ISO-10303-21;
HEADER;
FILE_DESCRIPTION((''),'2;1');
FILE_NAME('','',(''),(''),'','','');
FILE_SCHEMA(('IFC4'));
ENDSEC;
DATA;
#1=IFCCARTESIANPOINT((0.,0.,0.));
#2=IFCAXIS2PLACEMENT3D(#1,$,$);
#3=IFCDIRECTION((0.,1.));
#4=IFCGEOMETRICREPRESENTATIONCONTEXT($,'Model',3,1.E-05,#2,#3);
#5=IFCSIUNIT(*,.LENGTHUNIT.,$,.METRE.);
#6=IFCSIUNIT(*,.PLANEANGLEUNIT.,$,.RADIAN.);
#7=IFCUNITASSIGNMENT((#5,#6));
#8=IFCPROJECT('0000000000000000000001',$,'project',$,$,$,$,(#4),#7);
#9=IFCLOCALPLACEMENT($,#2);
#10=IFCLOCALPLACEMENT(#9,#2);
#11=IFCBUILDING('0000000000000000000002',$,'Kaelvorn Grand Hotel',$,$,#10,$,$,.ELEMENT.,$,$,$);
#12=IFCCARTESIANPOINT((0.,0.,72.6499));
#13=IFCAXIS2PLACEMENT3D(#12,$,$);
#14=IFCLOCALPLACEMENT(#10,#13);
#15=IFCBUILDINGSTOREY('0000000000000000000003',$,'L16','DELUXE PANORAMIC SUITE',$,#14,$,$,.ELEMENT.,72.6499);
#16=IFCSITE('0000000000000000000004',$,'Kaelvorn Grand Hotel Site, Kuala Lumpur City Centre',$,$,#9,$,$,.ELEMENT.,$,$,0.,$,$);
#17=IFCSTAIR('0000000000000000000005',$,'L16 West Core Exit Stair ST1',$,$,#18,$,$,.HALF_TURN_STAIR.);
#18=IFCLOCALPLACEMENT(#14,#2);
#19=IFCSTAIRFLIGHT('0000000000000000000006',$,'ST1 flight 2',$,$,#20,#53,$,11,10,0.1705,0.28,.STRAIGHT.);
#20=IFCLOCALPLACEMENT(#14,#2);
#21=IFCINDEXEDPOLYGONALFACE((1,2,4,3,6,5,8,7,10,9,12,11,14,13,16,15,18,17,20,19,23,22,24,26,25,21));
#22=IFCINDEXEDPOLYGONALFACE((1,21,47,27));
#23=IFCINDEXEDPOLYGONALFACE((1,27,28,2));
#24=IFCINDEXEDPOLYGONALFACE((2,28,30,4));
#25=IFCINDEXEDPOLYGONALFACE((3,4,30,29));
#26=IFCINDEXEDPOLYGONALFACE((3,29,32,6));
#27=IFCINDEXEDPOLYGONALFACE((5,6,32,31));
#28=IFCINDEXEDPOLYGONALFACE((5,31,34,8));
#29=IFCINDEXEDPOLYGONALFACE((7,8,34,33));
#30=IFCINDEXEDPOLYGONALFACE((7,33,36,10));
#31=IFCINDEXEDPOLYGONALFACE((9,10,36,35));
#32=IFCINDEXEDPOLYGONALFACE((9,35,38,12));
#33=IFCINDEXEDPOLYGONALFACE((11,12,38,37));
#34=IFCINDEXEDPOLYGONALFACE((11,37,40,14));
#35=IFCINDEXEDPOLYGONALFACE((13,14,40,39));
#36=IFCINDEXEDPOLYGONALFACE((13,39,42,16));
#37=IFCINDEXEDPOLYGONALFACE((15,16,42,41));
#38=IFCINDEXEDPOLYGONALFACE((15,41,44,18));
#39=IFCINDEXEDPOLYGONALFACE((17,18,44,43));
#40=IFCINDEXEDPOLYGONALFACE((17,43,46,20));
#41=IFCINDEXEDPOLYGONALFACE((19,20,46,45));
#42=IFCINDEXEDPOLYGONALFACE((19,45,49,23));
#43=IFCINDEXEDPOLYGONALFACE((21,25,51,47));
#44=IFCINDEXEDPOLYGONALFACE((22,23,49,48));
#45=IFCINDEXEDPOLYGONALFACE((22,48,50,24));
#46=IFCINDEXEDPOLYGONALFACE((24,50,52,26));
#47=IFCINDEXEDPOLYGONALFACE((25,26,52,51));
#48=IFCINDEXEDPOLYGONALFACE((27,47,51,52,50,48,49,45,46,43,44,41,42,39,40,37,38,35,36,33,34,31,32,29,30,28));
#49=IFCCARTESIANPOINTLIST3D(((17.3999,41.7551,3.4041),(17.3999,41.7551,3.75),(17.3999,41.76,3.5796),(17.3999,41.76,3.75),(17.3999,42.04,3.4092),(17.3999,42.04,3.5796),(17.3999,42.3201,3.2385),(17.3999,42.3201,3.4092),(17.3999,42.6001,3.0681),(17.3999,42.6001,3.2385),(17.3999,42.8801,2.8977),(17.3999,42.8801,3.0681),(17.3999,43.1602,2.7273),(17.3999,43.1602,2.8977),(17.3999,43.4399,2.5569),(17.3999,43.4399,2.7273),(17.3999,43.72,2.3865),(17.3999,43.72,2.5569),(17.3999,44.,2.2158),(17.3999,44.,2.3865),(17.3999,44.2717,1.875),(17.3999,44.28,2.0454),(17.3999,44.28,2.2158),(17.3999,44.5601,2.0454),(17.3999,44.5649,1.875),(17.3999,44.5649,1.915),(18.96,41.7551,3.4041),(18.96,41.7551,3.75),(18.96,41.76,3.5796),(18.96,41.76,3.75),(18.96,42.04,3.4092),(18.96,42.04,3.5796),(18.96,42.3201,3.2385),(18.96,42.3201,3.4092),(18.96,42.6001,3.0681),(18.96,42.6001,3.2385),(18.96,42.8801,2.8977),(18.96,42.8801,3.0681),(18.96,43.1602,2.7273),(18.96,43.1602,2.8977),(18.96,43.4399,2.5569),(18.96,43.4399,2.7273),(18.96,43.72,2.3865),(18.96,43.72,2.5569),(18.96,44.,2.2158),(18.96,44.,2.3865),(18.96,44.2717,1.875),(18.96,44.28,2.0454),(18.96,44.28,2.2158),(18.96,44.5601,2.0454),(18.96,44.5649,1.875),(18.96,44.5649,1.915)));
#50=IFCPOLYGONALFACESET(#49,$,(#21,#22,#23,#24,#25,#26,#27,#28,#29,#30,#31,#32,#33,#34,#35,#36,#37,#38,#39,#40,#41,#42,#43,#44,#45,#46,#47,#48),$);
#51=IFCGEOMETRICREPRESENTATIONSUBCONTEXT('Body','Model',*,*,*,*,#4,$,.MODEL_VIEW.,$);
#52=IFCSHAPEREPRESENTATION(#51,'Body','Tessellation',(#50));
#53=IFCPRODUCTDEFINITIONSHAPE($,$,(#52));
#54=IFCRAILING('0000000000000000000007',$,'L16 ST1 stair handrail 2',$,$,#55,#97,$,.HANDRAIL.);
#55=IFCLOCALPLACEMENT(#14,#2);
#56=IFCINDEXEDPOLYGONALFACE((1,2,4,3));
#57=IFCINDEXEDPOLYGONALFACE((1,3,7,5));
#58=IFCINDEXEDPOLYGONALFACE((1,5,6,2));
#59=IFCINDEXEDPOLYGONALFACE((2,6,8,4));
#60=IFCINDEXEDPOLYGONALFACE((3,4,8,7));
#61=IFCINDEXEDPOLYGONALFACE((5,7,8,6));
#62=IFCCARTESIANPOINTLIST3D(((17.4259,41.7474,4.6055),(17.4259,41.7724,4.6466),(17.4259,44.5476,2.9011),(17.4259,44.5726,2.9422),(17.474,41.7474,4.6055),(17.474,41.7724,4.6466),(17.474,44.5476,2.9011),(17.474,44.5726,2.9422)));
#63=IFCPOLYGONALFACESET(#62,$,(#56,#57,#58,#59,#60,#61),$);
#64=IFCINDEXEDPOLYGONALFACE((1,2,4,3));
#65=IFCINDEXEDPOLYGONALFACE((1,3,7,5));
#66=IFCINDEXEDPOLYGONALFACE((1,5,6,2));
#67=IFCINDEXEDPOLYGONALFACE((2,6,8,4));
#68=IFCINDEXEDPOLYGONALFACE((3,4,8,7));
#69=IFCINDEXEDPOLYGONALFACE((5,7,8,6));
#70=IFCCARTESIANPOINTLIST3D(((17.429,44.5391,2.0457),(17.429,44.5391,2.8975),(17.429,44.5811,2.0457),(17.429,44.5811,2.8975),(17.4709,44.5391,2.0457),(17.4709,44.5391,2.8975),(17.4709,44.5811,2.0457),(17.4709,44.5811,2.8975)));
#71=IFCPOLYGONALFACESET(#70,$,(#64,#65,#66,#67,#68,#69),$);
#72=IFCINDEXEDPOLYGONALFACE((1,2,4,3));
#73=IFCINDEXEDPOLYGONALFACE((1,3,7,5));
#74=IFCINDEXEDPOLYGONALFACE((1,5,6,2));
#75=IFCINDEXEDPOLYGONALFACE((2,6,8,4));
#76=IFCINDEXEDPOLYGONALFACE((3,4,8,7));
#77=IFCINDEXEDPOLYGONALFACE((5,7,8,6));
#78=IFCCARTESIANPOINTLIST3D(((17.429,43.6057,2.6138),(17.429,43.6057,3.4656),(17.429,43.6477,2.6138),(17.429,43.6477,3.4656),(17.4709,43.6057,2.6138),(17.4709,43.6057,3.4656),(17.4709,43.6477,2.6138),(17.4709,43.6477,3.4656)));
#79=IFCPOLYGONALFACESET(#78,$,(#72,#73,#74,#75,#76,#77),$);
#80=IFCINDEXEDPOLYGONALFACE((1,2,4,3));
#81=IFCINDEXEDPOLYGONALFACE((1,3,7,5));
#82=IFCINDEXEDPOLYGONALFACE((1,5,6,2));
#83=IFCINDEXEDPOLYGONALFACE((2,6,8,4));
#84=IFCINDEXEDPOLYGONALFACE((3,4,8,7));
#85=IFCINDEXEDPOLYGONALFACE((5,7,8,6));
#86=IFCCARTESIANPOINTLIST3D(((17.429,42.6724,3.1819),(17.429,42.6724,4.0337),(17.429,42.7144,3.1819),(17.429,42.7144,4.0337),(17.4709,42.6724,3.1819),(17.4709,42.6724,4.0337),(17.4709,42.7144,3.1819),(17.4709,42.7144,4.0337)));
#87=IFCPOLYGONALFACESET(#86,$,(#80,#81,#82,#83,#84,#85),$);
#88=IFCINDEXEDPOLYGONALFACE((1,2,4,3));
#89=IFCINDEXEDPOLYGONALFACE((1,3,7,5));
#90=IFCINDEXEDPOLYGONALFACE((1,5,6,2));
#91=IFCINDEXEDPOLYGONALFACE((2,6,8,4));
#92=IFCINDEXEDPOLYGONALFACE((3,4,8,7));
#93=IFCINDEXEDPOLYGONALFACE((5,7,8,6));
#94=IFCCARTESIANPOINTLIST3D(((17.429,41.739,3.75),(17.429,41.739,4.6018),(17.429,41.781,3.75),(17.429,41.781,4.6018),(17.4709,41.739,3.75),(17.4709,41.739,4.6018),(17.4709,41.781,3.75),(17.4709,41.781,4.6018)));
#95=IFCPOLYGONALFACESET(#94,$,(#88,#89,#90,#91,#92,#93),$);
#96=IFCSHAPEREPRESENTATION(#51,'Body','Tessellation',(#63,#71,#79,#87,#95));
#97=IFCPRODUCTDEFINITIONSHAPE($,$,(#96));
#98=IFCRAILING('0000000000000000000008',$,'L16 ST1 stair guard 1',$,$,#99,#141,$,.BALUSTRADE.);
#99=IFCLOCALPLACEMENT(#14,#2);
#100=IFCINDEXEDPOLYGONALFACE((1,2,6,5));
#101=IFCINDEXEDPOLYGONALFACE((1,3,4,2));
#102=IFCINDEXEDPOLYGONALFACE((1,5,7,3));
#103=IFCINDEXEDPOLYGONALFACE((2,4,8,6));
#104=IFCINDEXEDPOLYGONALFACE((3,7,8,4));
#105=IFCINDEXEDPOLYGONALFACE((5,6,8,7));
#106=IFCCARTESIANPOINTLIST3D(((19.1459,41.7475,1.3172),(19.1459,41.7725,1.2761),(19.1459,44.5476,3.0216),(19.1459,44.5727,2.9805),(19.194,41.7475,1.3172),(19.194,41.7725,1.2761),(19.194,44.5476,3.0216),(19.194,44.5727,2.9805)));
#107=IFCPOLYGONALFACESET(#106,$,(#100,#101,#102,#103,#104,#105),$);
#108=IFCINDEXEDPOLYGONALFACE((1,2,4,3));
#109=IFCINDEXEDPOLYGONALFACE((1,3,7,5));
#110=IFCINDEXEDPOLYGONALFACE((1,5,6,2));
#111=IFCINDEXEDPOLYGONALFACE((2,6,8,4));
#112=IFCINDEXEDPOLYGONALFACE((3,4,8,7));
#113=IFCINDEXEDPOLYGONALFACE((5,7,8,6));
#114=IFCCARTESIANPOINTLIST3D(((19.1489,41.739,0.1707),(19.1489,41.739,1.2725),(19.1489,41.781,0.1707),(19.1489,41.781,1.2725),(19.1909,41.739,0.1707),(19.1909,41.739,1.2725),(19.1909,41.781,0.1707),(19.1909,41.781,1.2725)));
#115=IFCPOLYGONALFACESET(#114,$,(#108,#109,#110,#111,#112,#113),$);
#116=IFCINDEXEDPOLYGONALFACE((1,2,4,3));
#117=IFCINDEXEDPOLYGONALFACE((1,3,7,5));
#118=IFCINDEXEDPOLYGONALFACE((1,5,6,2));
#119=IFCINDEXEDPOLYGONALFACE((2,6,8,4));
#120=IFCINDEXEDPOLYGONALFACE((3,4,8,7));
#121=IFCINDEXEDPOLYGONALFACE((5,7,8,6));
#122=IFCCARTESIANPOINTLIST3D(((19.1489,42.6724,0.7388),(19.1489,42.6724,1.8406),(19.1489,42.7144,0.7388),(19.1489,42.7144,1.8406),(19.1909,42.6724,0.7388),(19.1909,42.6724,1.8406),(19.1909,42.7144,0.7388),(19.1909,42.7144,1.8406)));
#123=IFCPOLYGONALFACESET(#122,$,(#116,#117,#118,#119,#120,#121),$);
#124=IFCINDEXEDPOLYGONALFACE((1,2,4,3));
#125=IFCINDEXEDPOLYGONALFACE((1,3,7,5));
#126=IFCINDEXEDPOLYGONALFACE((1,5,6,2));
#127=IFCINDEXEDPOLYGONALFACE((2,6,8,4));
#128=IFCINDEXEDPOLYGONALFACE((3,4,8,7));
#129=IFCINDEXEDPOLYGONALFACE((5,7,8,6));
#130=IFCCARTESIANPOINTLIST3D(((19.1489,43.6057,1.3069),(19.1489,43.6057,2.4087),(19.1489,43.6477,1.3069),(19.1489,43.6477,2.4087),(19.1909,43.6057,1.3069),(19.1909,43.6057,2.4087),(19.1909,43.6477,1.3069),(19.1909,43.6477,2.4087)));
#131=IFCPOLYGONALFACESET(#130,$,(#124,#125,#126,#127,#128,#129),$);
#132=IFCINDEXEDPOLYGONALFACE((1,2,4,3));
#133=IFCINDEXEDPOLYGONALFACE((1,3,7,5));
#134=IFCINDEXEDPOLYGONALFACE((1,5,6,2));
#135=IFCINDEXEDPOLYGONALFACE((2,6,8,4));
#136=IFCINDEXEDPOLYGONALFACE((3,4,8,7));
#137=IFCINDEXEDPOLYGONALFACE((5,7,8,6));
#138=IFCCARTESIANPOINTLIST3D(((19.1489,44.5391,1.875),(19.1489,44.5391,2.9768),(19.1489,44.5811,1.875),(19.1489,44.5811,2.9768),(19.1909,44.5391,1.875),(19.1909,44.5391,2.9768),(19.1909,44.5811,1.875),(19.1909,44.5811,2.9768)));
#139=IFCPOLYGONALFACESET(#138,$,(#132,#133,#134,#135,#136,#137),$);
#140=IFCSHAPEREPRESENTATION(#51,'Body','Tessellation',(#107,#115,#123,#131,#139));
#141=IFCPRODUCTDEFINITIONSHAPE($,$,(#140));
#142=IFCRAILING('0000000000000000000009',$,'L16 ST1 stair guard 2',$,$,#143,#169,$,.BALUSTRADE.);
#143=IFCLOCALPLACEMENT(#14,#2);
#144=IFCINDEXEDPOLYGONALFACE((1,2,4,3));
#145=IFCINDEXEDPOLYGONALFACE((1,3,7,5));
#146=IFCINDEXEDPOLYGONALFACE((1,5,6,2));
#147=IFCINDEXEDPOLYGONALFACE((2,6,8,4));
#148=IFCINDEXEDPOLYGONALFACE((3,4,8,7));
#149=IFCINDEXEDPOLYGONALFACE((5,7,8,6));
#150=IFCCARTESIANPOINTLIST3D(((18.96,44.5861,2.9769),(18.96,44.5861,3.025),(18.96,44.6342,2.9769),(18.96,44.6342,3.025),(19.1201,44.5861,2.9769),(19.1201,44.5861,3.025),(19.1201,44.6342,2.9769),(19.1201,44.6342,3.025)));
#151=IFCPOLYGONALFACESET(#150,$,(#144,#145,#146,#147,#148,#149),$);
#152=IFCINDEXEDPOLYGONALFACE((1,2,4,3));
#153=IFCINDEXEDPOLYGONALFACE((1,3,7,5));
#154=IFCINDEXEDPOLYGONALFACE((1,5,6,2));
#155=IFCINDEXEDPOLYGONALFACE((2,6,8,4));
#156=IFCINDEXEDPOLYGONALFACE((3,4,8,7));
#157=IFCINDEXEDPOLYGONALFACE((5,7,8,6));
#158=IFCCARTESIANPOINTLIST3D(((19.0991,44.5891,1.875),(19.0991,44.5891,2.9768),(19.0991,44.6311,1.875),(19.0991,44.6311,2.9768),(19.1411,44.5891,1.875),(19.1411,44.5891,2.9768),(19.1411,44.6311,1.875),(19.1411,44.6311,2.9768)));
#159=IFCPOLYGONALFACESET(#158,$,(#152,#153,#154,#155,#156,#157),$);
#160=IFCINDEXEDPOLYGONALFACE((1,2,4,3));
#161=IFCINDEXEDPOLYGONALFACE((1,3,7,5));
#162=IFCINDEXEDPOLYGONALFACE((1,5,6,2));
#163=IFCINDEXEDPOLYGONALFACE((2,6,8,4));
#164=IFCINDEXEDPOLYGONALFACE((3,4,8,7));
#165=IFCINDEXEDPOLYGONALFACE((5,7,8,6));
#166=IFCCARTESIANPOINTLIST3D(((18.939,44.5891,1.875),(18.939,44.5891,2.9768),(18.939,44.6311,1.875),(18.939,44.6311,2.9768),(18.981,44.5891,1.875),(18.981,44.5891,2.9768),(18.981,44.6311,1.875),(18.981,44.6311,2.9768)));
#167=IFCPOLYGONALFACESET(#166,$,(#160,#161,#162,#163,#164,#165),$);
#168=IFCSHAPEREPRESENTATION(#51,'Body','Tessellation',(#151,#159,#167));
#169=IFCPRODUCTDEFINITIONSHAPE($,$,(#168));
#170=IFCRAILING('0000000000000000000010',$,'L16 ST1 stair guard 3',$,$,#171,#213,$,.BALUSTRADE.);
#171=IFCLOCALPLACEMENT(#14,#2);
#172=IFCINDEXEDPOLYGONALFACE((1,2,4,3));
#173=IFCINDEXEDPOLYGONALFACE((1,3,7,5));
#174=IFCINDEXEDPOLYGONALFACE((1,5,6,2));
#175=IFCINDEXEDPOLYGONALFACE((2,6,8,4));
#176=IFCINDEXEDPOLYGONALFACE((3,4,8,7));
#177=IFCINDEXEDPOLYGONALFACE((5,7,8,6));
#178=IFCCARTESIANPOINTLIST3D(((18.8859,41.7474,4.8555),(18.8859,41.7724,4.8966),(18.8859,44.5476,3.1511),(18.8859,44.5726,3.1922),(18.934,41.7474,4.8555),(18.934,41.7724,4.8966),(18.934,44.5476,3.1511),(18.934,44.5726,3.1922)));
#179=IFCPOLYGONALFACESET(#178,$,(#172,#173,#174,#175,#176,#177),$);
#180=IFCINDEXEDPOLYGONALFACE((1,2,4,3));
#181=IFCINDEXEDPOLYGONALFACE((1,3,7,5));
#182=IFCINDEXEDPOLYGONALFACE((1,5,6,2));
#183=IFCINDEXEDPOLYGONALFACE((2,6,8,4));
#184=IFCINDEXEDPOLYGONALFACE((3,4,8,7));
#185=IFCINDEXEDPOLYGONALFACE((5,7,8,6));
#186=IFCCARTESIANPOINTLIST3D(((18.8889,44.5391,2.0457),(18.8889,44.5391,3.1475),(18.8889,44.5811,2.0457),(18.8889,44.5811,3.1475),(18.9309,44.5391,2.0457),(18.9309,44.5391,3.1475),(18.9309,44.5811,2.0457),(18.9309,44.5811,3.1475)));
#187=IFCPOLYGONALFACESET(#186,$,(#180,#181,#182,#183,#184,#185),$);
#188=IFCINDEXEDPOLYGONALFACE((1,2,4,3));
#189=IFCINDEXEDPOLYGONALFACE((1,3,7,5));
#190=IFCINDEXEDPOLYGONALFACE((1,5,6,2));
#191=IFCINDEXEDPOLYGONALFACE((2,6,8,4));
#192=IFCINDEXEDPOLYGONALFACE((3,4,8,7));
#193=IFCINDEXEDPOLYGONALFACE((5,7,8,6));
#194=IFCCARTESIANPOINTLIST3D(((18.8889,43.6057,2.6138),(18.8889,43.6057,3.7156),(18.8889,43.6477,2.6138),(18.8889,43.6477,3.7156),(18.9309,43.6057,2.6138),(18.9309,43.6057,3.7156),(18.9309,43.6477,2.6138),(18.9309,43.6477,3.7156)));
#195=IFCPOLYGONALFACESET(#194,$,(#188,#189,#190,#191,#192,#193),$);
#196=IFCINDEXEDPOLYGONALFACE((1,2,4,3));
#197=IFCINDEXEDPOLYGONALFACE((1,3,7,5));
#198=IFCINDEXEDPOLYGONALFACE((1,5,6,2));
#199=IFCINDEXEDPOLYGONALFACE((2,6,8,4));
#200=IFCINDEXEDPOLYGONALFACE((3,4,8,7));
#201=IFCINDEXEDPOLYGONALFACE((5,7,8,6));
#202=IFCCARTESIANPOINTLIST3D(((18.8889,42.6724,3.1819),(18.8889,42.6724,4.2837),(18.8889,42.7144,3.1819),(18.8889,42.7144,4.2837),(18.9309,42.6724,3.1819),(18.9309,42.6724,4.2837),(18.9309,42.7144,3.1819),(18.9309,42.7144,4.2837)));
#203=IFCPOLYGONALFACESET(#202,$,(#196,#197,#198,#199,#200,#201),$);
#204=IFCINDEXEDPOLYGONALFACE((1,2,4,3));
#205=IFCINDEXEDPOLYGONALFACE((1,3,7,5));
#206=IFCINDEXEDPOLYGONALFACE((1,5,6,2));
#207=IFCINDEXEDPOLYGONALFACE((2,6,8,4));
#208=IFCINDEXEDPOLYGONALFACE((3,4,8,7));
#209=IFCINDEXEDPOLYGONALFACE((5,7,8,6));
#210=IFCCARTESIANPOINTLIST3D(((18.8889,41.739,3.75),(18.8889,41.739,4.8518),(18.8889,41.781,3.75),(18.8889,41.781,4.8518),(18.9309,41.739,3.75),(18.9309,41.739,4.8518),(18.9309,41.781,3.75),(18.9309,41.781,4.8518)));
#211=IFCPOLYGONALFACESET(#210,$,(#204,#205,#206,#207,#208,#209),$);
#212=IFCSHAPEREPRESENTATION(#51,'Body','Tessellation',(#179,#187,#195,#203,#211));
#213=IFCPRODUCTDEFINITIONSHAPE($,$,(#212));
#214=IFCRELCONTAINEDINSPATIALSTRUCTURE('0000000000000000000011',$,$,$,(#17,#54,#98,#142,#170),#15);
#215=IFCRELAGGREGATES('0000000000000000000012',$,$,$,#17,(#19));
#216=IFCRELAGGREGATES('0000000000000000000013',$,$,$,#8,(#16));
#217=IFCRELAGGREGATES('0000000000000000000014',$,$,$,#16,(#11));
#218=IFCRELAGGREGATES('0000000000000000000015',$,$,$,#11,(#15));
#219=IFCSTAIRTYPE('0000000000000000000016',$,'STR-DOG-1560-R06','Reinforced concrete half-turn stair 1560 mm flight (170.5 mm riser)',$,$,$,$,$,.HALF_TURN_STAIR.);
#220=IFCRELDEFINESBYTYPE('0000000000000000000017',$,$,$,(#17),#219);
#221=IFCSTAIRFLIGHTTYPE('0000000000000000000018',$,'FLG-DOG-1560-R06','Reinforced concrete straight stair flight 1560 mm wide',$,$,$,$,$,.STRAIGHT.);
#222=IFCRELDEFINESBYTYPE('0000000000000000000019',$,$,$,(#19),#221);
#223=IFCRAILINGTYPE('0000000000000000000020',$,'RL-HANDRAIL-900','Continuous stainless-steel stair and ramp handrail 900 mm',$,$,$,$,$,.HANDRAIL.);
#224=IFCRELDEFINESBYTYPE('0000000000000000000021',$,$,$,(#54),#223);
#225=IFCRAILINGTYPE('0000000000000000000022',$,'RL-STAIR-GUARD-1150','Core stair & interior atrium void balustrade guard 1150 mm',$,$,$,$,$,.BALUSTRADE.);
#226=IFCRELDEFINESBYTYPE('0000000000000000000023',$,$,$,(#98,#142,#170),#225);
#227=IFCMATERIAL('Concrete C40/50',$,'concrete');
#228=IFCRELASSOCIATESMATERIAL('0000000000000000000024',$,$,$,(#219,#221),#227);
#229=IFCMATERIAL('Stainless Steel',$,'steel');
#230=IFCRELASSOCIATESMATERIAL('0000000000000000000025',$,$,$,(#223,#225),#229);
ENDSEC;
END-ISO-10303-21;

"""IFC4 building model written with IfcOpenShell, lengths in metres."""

from ifc_helpers import new_model, si_unit, direction, frame, origin, origin_2d, place, context, subcontext, project, spatial, polyline, rectangle, outline, extrude, material, type_object, element, aggregate, save


model = new_model("IFC4")

# Units and contexts
model_context = context("Model", 3, precision=1e-05, world=origin(), true_north=direction((0.0, 1.0)))
body_context = subcontext(model_context, "Body", "Model", "MODEL_VIEW")
ifc_project = project(units=[si_unit("LENGTHUNIT", "METRE"), si_unit("PLANEANGLEUNIT", "RADIAN")], contexts=[model_context])

# Site, building, storey
site_placement = place(None, origin())
site = spatial("IfcSite", under=ifc_project, at=site_placement, Name="Kaelvorn Grand Hotel Site, Kuala Lumpur City Centre", CompositionType="ELEMENT", RefElevation=0.0)
building_placement = place(site_placement, origin())
building = spatial("IfcBuilding", under=site, at=building_placement, Name="Kaelvorn Grand Hotel", CompositionType="ELEMENT")
storey_placement = place(building_placement, frame((0.0, 0.0, 72.6499)))
storey = spatial("IfcBuildingStorey", under=building, at=storey_placement, Name="L16", Description="DELUXE PANORAMIC SUITE", CompositionType="ELEMENT", Elevation=72.6499)

# Shared definitions
ifc_material_1 = material(Name="Concrete C40/50", Category="concrete")

# Stair, stair flight
stair_type = type_object("IfcStairType", Name="STR-DOG-1560-R06", Description="Reinforced concrete half-turn stair 1560 mm flight (170.5 mm riser)", PredefinedType="HALF_TURN_STAIR", material=ifc_material_1)
stair_placement = place(storey_placement, origin())
stair = element("IfcStair", 1, at=stair_placement, inside=storey, type_object=stair_type, Name="L16 West Core Exit Stair ST1", PredefinedType="HALF_TURN_STAIR")
stair_flight_type = type_object("IfcStairFlightType", Name="FLG-DOG-1560-R06", Description="Reinforced concrete straight stair flight 1560 mm wide", PredefinedType="STRAIGHT", material=ifc_material_1)
stair_flight_placement = place(storey_placement, frame((18.1799, 44.5601, 1.875), z_axis=(0.0, 0.0, 1.0), x_axis=(0.0, -1.0, 0.0)))
stair_flight = element("IfcStairFlight", 2, at=stair_flight_placement, type_object=stair_flight_type, Name="ST1 flight 2", NumberOfRisers=11, NumberOfTreads=10, PredefinedType="STRAIGHT", RiserHeight=0.1705, TreadLength=0.28, context=body_context, shape_type="SweptSolid", body=[
    extrude(outline(polyline([(-0.0049, 0.0), (-0.0049, 0.04), (0.0, 0.1704), (0.28, 0.1704), (0.28, 0.3408), (0.5601, 0.3408), (0.5601, 0.5115), (0.8401, 0.5115), (0.8401, 0.6819), (1.1201, 0.6819), (1.1201, 0.8523), (1.3999, 0.8523), (1.3999, 1.0227), (1.6799, 1.0227), (1.6799, 1.1931), (1.96, 1.1931), (1.96, 1.3635), (2.24, 1.3635), (2.24, 1.5342), (2.52, 1.5342), (2.52, 1.7046), (2.8, 1.7046), (2.8, 1.875), (2.8049, 1.875), (2.8049, 1.5291), (0.2883, 0.0), (-0.0049, 0.0)])), frame((0.0, 0.78, 0.0), z_axis=(0.0, -1.0, 0.0), x_axis=(1.0, 0.0, 0.0)), (0.0, 0.0, 1.0), 1.5601),
])
aggregate(stair, [stair_flight])

# Railings
ifc_material_2 = material(Name="Stainless Steel", Category="steel")
railing_type_1 = type_object("IfcRailingType", Name="RL-HANDRAIL-900", Description="Continuous stainless-steel stair and ramp handrail 900 mm", PredefinedType="HANDRAIL", material=ifc_material_2)
railing_1_placement = place(storey_placement, frame((17.45, 44.5601, 2.0457)))
element("IfcRailing", 3, at=railing_1_placement, inside=storey, type_object=railing_type_1, Name="L16 ST1 stair handrail 2", PredefinedType="HANDRAIL", context=body_context, shape_type="SweptSolid", body=[
    extrude(rectangle(XDim=0.0481, YDim=0.0481, at=origin_2d()), frame((0.0, 0.0, 0.876), z_axis=(0.0, -0.854203, 0.51994), x_axis=(1.0, 0.0, 0.0)), (0.0, 0.0, 1.0), 3.2781),
    extrude(rectangle(XDim=0.042, YDim=0.042, at=origin_2d()), origin(), (0.0, 0.0, 1.0), 0.8518),
    extrude(rectangle(XDim=0.042, YDim=0.042, at=origin_2d()), frame((0.0, -0.9333, 0.5681)), (0.0, 0.0, 1.0), 0.8518),
    extrude(rectangle(XDim=0.042, YDim=0.042, at=origin_2d()), frame((0.0, -1.8667, 1.1362)), (0.0, 0.0, 1.0), 0.8518),
    extrude(rectangle(XDim=0.042, YDim=0.042, at=origin_2d()), frame((0.0, -2.8, 1.7043)), (0.0, 0.0, 1.0), 0.8518),
])
railing_type_2 = type_object("IfcRailingType", Name="RL-STAIR-GUARD-1150", Description="Core stair & interior atrium void balustrade guard 1150 mm", PredefinedType="BALUSTRADE", material=ifc_material_2)
railing_2_placement = place(storey_placement, frame((19.1699, 41.76, 0.1707)))
element("IfcRailing", 4, at=railing_2_placement, inside=storey, type_object=railing_type_2, Name="L16 ST1 stair guard 1", PredefinedType="BALUSTRADE", context=body_context, shape_type="SweptSolid", body=[
    extrude(rectangle(XDim=0.0481, YDim=0.0481, at=origin_2d()), frame((0.0, 0.0, 1.126), z_axis=(0.0, 0.854203, 0.51994), x_axis=(-1.0, 0.0, 0.0)), (0.0, 0.0, 1.0), 3.2781),
    extrude(rectangle(XDim=0.042, YDim=0.042, at=origin_2d()), origin(), (0.0, 0.0, 1.0), 1.1018),
    extrude(rectangle(XDim=0.042, YDim=0.042, at=origin_2d()), frame((0.0, 0.9333, 0.5681)), (0.0, 0.0, 1.0), 1.1018),
    extrude(rectangle(XDim=0.042, YDim=0.042, at=origin_2d()), frame((0.0, 1.8667, 1.1362)), (0.0, 0.0, 1.0), 1.1018),
    extrude(rectangle(XDim=0.042, YDim=0.042, at=origin_2d()), frame((0.0, 2.8, 1.7043)), (0.0, 0.0, 1.0), 1.1018),
])
railing_3_placement = place(storey_placement, frame((19.1201, 44.6101, 1.875)))
element("IfcRailing", 5, at=railing_3_placement, inside=storey, type_object=railing_type_2, Name="L16 ST1 stair guard 2", PredefinedType="BALUSTRADE", context=body_context, shape_type="SweptSolid", body=[
    extrude(rectangle(XDim=0.0481, YDim=0.0481, at=origin_2d()), frame((0.0, 0.0, 1.126), z_axis=(-1.0, 0.0, 0.0), x_axis=(0.0, -1.0, 0.0)), (0.0, 0.0, 1.0), 0.1602),
    extrude(rectangle(XDim=0.042, YDim=0.042, at=origin_2d()), origin(), (0.0, 0.0, 1.0), 1.1018),
    extrude(rectangle(XDim=0.042, YDim=0.042, at=origin_2d()), frame((-0.1602, 0.0, 0.0)), (0.0, 0.0, 1.0), 1.1018),
])
railing_4_placement = place(storey_placement, frame((18.9099, 44.5601, 2.0457)))
element("IfcRailing", 6, at=railing_4_placement, inside=storey, type_object=railing_type_2, Name="L16 ST1 stair guard 3", PredefinedType="BALUSTRADE", context=body_context, shape_type="SweptSolid", body=[
    extrude(rectangle(XDim=0.0481, YDim=0.0481, at=origin_2d()), frame((0.0, 0.0, 1.126), z_axis=(0.0, -0.854203, 0.51994), x_axis=(1.0, 0.0, 0.0)), (0.0, 0.0, 1.0), 3.2781),
    extrude(rectangle(XDim=0.042, YDim=0.042, at=origin_2d()), origin(), (0.0, 0.0, 1.0), 1.1018),
    extrude(rectangle(XDim=0.042, YDim=0.042, at=origin_2d()), frame((0.0, -0.9333, 0.5681)), (0.0, 0.0, 1.0), 1.1018),
    extrude(rectangle(XDim=0.042, YDim=0.042, at=origin_2d()), frame((0.0, -1.8667, 1.1362)), (0.0, 0.0, 1.0), 1.1018),
    extrude(rectangle(XDim=0.042, YDim=0.042, at=origin_2d()), frame((0.0, -2.8, 1.7043)), (0.0, 0.0, 1.0), 1.1018),
])

save(model, "model.ifc")
